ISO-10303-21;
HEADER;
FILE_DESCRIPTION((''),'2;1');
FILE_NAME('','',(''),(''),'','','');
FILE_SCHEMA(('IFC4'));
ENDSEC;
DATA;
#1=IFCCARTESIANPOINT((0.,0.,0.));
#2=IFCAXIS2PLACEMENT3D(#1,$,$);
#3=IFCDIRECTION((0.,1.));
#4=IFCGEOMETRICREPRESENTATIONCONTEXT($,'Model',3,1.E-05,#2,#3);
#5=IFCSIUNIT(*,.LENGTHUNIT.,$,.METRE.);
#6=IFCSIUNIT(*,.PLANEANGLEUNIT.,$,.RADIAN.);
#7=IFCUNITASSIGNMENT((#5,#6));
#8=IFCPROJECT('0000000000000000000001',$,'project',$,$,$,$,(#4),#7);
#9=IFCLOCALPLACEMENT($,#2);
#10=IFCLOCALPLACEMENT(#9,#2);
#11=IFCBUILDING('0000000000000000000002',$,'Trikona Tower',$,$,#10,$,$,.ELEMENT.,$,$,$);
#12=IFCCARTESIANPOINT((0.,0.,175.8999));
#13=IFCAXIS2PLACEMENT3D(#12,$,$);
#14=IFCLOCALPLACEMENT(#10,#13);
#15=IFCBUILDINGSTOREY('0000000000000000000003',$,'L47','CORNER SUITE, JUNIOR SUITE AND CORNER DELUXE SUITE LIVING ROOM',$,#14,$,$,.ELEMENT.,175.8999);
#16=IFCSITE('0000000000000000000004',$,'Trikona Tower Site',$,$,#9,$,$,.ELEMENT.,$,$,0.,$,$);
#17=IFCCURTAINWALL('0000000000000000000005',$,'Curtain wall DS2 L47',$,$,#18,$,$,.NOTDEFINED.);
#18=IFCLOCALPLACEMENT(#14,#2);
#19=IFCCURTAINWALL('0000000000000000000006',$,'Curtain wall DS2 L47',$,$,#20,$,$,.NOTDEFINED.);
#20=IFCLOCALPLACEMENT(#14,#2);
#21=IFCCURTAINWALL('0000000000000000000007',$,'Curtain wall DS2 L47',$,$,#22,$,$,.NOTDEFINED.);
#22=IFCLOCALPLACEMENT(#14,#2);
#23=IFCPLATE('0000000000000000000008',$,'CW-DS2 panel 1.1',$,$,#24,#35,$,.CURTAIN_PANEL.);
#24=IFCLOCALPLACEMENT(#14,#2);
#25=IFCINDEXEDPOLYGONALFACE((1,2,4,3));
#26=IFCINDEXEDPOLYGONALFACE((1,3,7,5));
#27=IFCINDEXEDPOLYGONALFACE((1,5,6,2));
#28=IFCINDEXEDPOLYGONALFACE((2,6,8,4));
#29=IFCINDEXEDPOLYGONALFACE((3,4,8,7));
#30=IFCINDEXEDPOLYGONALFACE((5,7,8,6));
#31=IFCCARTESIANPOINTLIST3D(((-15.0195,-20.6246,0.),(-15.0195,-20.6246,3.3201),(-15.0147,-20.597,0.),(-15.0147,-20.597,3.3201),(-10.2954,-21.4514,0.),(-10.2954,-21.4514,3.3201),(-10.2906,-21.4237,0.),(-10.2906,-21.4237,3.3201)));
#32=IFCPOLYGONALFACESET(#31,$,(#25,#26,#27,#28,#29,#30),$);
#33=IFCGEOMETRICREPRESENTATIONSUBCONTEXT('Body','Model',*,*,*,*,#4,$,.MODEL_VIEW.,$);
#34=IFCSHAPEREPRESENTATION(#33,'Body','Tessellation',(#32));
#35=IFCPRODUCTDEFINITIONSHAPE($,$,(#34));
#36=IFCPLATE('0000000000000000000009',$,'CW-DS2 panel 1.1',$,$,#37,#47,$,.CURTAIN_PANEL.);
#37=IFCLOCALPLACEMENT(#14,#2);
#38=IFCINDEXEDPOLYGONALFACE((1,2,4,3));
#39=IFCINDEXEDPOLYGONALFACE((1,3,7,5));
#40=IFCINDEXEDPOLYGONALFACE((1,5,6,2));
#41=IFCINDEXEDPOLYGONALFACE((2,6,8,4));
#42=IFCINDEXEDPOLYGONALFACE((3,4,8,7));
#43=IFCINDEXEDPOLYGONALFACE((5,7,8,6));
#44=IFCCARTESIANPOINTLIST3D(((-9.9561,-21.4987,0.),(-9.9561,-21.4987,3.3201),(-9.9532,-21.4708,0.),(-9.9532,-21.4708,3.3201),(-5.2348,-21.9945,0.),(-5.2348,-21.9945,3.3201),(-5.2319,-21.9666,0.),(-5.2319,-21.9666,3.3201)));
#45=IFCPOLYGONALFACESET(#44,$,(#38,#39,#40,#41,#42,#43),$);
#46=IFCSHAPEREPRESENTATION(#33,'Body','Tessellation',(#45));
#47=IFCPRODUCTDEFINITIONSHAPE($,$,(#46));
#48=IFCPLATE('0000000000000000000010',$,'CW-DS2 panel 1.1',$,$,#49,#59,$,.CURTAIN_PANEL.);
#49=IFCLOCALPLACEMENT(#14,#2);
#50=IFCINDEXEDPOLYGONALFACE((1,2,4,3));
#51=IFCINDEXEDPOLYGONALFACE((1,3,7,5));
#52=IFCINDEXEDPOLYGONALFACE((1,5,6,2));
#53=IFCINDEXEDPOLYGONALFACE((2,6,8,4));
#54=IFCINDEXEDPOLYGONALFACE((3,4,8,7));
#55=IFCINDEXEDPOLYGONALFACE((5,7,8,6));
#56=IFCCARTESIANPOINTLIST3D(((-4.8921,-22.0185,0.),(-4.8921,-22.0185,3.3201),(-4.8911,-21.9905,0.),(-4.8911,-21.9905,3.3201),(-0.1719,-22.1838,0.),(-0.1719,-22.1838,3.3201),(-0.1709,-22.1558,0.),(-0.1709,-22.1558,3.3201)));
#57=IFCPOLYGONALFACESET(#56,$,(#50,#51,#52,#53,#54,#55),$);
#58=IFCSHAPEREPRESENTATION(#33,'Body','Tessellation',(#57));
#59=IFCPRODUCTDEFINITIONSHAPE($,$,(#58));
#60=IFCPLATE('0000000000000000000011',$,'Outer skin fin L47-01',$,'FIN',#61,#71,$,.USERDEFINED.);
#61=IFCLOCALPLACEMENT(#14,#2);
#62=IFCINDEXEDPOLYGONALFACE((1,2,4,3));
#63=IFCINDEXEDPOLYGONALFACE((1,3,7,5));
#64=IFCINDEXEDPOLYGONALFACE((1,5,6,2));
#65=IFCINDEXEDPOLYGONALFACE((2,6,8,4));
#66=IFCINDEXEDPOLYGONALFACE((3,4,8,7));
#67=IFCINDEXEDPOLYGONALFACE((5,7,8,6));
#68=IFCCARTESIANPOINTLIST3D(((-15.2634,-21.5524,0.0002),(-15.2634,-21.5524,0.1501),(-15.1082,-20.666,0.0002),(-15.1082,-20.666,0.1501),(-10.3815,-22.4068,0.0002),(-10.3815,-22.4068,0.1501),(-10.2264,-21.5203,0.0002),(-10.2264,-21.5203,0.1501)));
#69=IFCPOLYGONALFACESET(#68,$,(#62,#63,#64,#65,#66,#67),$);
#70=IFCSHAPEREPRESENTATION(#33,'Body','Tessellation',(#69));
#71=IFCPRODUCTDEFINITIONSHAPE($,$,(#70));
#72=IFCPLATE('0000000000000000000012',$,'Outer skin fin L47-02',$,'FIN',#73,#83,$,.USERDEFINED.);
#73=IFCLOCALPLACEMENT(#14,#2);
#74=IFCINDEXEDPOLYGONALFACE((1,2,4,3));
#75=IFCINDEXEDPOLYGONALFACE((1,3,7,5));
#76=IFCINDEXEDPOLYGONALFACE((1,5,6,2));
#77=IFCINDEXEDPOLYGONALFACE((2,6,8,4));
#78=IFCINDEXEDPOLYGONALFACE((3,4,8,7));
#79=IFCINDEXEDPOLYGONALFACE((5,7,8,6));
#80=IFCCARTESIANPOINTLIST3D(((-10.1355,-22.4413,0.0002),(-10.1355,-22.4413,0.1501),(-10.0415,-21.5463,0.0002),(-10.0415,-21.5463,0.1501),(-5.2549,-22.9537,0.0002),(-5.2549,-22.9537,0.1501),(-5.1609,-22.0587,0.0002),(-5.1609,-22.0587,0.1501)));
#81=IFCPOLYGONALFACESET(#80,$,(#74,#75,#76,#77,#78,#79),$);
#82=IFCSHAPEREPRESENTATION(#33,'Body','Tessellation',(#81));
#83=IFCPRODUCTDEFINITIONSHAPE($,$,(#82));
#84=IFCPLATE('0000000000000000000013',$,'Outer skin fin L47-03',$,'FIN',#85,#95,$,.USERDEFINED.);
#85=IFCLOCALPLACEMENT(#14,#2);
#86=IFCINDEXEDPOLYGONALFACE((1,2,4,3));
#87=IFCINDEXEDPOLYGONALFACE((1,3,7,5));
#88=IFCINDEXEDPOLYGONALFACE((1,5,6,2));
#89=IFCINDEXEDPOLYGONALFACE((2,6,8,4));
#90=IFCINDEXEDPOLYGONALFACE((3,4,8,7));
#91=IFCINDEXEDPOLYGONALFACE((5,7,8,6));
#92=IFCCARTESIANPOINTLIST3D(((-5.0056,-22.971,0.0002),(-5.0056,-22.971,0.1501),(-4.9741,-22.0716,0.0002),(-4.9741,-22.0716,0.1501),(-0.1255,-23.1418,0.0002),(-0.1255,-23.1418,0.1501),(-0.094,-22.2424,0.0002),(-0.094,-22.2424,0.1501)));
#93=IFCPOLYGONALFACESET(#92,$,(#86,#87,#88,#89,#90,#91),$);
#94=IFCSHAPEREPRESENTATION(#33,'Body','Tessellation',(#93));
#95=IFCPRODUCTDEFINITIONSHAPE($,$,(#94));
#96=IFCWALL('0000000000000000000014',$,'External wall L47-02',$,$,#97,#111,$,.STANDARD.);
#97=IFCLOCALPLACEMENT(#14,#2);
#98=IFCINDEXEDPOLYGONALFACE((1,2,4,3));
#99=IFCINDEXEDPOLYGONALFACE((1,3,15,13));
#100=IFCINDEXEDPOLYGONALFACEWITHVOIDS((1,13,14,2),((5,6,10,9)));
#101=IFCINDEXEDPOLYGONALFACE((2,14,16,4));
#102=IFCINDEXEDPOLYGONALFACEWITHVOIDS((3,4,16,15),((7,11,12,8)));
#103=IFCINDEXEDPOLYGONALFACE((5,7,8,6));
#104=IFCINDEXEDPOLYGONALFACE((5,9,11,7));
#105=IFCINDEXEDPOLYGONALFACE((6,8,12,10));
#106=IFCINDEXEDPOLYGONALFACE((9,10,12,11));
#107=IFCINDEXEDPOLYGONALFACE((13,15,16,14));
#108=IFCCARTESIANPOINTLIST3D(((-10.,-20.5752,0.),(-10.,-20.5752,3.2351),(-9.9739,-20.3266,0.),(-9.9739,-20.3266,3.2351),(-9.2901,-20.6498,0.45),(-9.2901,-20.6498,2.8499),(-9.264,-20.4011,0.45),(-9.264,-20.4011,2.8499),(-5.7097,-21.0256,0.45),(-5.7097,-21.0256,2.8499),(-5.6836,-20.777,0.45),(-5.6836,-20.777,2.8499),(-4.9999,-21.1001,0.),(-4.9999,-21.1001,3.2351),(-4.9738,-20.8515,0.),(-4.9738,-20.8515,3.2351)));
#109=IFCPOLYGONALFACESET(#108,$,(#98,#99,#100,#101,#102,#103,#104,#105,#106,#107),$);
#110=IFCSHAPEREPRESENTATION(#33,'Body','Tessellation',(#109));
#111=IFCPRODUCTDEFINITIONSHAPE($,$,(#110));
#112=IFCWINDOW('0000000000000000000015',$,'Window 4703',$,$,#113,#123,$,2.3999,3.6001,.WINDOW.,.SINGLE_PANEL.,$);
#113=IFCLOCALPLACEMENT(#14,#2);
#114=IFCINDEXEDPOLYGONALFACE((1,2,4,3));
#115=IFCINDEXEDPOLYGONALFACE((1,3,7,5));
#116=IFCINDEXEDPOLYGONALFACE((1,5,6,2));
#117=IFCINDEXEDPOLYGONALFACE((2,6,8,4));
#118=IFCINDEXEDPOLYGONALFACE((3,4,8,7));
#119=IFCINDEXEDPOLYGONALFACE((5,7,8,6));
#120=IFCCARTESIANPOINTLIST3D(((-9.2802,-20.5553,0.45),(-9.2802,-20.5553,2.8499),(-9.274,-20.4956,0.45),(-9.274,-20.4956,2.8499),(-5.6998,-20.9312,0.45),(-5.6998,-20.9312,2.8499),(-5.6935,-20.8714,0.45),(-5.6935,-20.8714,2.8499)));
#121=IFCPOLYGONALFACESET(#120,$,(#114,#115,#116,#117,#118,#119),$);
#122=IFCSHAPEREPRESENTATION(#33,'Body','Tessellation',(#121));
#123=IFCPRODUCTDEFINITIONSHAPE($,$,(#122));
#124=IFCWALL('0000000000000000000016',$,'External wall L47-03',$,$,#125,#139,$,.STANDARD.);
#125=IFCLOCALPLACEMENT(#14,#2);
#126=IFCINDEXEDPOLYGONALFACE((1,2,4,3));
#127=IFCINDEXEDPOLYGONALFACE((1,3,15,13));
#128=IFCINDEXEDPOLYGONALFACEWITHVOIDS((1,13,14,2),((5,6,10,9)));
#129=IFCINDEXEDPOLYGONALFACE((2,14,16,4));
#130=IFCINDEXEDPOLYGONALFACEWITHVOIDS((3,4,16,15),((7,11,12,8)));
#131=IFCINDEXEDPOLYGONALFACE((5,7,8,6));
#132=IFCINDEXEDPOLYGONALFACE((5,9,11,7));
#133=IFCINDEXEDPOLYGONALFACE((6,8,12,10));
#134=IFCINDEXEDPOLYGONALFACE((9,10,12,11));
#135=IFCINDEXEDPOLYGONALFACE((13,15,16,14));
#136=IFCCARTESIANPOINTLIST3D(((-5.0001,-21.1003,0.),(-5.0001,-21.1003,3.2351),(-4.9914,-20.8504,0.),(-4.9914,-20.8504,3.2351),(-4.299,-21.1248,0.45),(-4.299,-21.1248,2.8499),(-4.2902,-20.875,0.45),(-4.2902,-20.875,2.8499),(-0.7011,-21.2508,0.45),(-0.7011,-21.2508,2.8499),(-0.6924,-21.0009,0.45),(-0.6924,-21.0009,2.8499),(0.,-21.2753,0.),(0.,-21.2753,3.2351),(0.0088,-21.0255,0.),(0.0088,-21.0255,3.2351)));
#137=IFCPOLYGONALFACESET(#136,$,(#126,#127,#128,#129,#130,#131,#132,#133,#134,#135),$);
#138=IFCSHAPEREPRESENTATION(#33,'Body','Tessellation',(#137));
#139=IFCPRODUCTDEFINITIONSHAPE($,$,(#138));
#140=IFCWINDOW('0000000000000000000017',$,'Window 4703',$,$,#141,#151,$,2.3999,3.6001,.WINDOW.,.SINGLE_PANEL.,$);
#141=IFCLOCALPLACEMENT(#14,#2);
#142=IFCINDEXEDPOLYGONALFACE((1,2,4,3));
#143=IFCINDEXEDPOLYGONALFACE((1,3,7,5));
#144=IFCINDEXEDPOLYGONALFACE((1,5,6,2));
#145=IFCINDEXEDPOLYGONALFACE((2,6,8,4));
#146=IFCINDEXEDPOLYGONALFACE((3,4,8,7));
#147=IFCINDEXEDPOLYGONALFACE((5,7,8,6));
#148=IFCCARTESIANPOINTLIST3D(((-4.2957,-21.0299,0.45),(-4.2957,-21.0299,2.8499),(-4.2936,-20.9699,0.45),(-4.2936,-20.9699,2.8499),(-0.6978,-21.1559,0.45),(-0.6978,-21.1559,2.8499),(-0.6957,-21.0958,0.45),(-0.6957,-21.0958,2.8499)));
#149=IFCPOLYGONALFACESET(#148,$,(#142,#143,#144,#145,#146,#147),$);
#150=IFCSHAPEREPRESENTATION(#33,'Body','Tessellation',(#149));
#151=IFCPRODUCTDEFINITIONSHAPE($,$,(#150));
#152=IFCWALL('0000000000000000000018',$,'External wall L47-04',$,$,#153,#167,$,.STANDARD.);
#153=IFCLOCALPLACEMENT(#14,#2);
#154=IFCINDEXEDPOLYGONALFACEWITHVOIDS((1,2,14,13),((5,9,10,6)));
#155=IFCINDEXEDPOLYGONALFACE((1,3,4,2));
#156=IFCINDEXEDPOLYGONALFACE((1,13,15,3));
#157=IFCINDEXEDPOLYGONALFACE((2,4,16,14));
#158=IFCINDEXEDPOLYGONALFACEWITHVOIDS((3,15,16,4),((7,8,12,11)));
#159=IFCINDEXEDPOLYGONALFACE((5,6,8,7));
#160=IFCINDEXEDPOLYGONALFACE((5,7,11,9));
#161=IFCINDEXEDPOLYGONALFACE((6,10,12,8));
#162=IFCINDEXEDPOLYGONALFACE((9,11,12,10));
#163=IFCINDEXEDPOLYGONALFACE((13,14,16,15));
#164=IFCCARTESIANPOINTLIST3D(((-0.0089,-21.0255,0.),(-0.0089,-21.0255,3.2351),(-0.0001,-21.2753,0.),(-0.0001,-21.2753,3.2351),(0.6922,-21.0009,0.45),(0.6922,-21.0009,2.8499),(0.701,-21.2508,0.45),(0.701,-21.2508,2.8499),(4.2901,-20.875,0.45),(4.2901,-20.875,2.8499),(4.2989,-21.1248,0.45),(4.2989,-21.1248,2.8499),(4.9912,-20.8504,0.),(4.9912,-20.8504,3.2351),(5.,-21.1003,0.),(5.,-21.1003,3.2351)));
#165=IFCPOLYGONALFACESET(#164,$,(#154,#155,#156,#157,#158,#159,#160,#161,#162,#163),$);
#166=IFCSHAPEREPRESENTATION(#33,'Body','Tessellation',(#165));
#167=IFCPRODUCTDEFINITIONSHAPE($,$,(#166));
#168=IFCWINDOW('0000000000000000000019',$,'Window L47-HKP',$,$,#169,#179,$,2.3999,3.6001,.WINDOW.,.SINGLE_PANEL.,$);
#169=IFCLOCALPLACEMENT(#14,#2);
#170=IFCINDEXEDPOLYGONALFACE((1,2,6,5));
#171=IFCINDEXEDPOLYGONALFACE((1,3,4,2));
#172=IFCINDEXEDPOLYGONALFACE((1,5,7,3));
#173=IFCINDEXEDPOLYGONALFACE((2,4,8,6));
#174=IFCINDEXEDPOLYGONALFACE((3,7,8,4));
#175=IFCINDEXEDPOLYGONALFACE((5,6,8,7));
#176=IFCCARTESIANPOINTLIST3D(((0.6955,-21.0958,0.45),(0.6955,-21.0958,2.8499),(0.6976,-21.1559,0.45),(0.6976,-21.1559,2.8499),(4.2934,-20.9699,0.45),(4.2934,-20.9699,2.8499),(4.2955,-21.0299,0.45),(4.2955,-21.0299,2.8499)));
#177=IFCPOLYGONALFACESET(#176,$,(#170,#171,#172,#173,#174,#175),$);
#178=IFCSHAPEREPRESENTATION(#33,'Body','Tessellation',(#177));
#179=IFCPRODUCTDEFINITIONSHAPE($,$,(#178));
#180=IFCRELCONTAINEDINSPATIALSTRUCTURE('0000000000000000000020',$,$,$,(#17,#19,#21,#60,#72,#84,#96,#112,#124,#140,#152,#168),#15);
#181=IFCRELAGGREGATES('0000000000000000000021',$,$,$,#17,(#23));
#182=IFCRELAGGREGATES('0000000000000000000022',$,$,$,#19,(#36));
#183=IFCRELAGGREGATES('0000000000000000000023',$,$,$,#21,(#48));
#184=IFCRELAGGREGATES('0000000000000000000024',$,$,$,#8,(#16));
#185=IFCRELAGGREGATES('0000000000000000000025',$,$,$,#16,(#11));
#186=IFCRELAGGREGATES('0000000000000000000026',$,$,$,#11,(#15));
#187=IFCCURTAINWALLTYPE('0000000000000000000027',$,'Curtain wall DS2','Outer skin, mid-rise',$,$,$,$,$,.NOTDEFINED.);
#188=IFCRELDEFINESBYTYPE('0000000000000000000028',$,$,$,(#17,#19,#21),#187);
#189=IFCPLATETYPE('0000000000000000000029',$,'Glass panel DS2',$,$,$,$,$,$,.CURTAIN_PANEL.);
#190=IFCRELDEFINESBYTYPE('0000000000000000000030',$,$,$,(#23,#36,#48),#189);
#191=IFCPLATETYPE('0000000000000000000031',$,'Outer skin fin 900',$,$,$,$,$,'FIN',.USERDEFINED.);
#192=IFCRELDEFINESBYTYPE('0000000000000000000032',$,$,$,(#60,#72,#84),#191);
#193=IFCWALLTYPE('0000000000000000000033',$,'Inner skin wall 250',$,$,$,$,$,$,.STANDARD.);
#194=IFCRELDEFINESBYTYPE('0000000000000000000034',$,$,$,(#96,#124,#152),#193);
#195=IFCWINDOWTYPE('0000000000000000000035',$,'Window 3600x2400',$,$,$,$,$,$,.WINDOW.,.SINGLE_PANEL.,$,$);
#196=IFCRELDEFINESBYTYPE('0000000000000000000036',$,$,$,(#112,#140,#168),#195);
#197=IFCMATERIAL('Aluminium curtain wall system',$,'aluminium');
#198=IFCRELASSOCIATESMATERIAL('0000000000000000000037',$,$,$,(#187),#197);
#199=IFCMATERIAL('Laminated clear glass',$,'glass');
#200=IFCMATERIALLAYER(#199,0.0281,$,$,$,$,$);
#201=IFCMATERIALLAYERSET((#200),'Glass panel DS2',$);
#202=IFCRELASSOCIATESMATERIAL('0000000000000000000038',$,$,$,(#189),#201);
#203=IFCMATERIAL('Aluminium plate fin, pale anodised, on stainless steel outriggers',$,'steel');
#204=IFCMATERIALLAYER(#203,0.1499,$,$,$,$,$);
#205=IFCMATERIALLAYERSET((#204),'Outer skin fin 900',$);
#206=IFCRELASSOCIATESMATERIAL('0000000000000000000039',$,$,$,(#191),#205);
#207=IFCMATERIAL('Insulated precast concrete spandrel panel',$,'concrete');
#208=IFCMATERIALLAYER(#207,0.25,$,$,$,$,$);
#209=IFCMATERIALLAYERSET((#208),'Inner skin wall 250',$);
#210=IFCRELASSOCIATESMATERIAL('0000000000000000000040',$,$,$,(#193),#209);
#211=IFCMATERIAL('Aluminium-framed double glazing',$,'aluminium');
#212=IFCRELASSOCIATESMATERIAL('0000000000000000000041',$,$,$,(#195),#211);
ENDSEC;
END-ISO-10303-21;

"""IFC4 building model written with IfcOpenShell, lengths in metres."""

from ifc_helpers import new_model, si_unit, direction, frame, frame_2d, origin, origin_2d, place, context, subcontext, project, spatial, rectangle, extrude, material, layer, layer_set, type_object, element, fill, aggregate, save


model = new_model("IFC4")

# Units and contexts
model_context = context("Model", 3, precision=1e-05, world=origin(), true_north=direction((0.0, 1.0)))
body_context = subcontext(model_context, "Body", "Model", "MODEL_VIEW")
ifc_project = project(units=[si_unit("LENGTHUNIT", "METRE"), si_unit("PLANEANGLEUNIT", "RADIAN")], contexts=[model_context])

# Site, building, storey
site_placement = place(None, origin())
site = spatial("IfcSite", under=ifc_project, at=site_placement, Name="Trikona Tower Site", CompositionType="ELEMENT", RefElevation=0.0)
building_placement = place(site_placement, origin())
building = spatial("IfcBuilding", under=site, at=building_placement, Name="Trikona Tower", CompositionType="ELEMENT")
storey_placement = place(building_placement, frame((0.0, 0.0, 175.8999)))
storey = spatial("IfcBuildingStorey", under=building, at=storey_placement, Name="L47", Description="CORNER SUITE, JUNIOR SUITE AND CORNER DELUXE SUITE LIVING ROOM", CompositionType="ELEMENT", Elevation=175.8999)

# Curtain wall
ifc_material_1 = material(Name="Aluminium curtain wall system", Category="aluminium")
curtain_wall_type = type_object("IfcCurtainWallType", Name="Curtain wall DS2", Description="Outer skin, mid-rise", PredefinedType="NOTDEFINED", material=ifc_material_1)
curtain_wall_1_placement = place(storey_placement, origin())
curtain_wall_1 = element("IfcCurtainWall", 1, at=curtain_wall_1_placement, inside=storey, type_object=curtain_wall_type, Name="Curtain wall DS2 L47", PredefinedType="NOTDEFINED")

# Curtain walls
curtain_wall_2_placement = place(storey_placement, origin())
curtain_wall_2 = element("IfcCurtainWall", 2, at=curtain_wall_2_placement, inside=storey, type_object=curtain_wall_type, Name="Curtain wall DS2 L47", PredefinedType="NOTDEFINED")
curtain_wall_3_placement = place(storey_placement, origin())
curtain_wall_3 = element("IfcCurtainWall", 3, at=curtain_wall_3_placement, inside=storey, type_object=curtain_wall_type, Name="Curtain wall DS2 L47", PredefinedType="NOTDEFINED")

# Plates
ifc_material_2 = material(Name="Laminated clear glass", Category="glass")
ifc_layer_1 = layer(ifc_material_2, 0.0281)
ifc_layer_set_1 = layer_set([ifc_layer_1], Name="Glass panel DS2")
plate_type_1 = type_object("IfcPlateType", Name="Glass panel DS2", PredefinedType="CURTAIN_PANEL", material=ifc_layer_set_1)
plate_1_placement = place(storey_placement, frame((-12.655, -21.0242, 0.0), z_axis=(0.0, 0.0, 1.0), x_axis=(0.985031, -0.172377, 0.0)))
plate_1 = element("IfcPlate", 4, at=plate_1_placement, type_object=plate_type_1, Name="CW-DS2 panel 1.1", PredefinedType="CURTAIN_PANEL", context=body_context, shape_type="SweptSolid", body=[
    extrude(rectangle(XDim=4.7959, YDim=0.0281, at=origin_2d()), origin(), (0.0, 0.0, 1.0), 3.3201),
])
aggregate(curtain_wall_1, [plate_1])
plate_2_placement = place(storey_placement, frame((-7.594, -21.7327, 0.0), z_axis=(0.0, 0.0, 1.0), x_axis=(0.994532, -0.104433, 0.0)))
plate_2 = element("IfcPlate", 5, at=plate_2_placement, type_object=plate_type_1, Name="CW-DS2 panel 1.1", PredefinedType="CURTAIN_PANEL", context=body_context, shape_type="SweptSolid", body=[
    extrude(rectangle(XDim=4.7473, YDim=0.0281, at=origin_2d()), origin(), (0.0, 0.0, 1.0), 3.3201),
])
aggregate(curtain_wall_2, [plate_2])
plate_3_placement = place(storey_placement, frame((-2.5315, -22.0872, 0.0), z_axis=(0.0, 0.0, 1.0), x_axis=(0.999387, -0.034998, 0.0)))
plate_3 = element("IfcPlate", 6, at=plate_3_placement, type_object=plate_type_1, Name="CW-DS2 panel 1.1", PredefinedType="CURTAIN_PANEL", context=body_context, shape_type="SweptSolid", body=[
    extrude(rectangle(XDim=4.7231, YDim=0.0281, at=origin_2d()), origin(), (0.0, 0.0, 1.0), 3.3201),
])
aggregate(curtain_wall_3, [plate_3])

# Plates
ifc_material_3 = material(Name="Aluminium plate fin, pale anodised, on stainless steel outriggers", Category="steel")
ifc_layer_2 = layer(ifc_material_3, 0.1499)
ifc_layer_set_2 = layer_set([ifc_layer_2], Name="Outer skin fin 900")
plate_type_2 = type_object("IfcPlateType", Name="Outer skin fin 900", ElementType="FIN", PredefinedType="USERDEFINED", material=ifc_layer_set_2)
plate_4_placement = place(storey_placement, frame((-12.7449, -21.5364, 0.0002), z_axis=(0.0, 0.0, 1.0), x_axis=(0.985031, -0.17238, 0.0)))
element("IfcPlate", 7, at=plate_4_placement, inside=storey, type_object=plate_type_2, Name="Outer skin fin L47-01", ObjectType="FIN", PredefinedType="USERDEFINED", context=body_context, shape_type="SweptSolid", body=[
    extrude(rectangle(XDim=4.9561, YDim=0.8999, at=origin_2d()), origin(), (0.0, 0.0, 1.0), 0.1499),
])
plate_5_placement = place(storey_placement, frame((-7.6482, -22.25, 0.0002), z_axis=(0.0, 0.0, 1.0), x_axis=(0.994533, -0.104426, 0.0)))
element("IfcPlate", 8, at=plate_5_placement, inside=storey, type_object=plate_type_2, Name="Outer skin fin L47-02", ObjectType="FIN", PredefinedType="USERDEFINED", context=body_context, shape_type="SweptSolid", body=[
    extrude(rectangle(XDim=4.9075, YDim=0.8999, at=origin_2d()), origin(), (0.0, 0.0, 1.0), 0.1499),
])
plate_6_placement = place(storey_placement, frame((-2.5498, -22.6067, 0.0002), z_axis=(0.0, 0.0, 1.0), x_axis=(0.999388, -0.034978, 0.0)))
element("IfcPlate", 9, at=plate_6_placement, inside=storey, type_object=plate_type_2, Name="Outer skin fin L47-03", ObjectType="FIN", PredefinedType="USERDEFINED", context=body_context, shape_type="SweptSolid", body=[
    extrude(rectangle(XDim=4.8831, YDim=0.8999, at=origin_2d()), origin(), (0.0, 0.0, 1.0), 0.1499),
])

# Walls, openings, windows
ifc_material_4 = material(Name="Insulated precast concrete spandrel panel", Category="concrete")
ifc_layer_3 = layer(ifc_material_4, 0.25)
ifc_layer_set_3 = layer_set([ifc_layer_3], Name="Inner skin wall 250")
wall_type = type_object("IfcWallType", Name="Inner skin wall 250", PredefinedType="STANDARD", material=ifc_layer_set_3)
wall_1_placement = place(storey_placement, frame((-9.9868, -20.4509, 0.0), z_axis=(0.0, 0.0, 1.0), x_axis=(0.994535, -0.104407, 0.0)))
wall_1 = element("IfcWall", 10, at=wall_1_placement, inside=storey, type_object=wall_type, Name="External wall L47-02", PredefinedType="STANDARD", context=body_context, shape_type="SweptSolid", body=[
    extrude(rectangle(XDim=5.0276, YDim=0.25, at=frame_2d((2.5137, 0.0))), origin(), (0.0, 0.0, 1.0), 3.2351),
])
opening_1_placement = place(wall_1_placement, frame((0.7136, 0.0, 0.45)))
opening_1 = element("IfcOpeningElement", 11, at=opening_1_placement, cuts=wall_1, PredefinedType="OPENING", context=body_context, shape_type="SweptSolid", body=[
    extrude(rectangle(XDim=3.6001, YDim=2.3999, at=frame_2d((1.8, 1.2))), frame((0.0, 0.135, 0.0), z_axis=(0.0, -1.0, 0.0), x_axis=(1.0, 0.0, 0.0)), (0.0, 0.0, 1.0), 0.27),
])
ifc_material_5 = material(Name="Aluminium-framed double glazing", Category="aluminium")
window_type = type_object("IfcWindowType", Name="Window 3600x2400", PartitioningType="SINGLE_PANEL", PredefinedType="WINDOW", material=ifc_material_5)
window_1_placement = place(opening_1_placement, origin())
window_1 = element("IfcWindow", 12, at=window_1_placement, inside=storey, type_object=window_type, Name="Window 4703", OverallHeight=2.3999, OverallWidth=3.6001, PartitioningType="SINGLE_PANEL", PredefinedType="WINDOW", context=body_context, shape_type="SweptSolid", body=[
    extrude(rectangle(XDim=3.6001, YDim=2.3999, at=frame_2d((1.8, 1.2))), frame((0.0, 0.03, 0.0), z_axis=(0.0, -1.0, 0.0), x_axis=(1.0, 0.0, 0.0)), (0.0, 0.0, 1.0), 0.0601),
])
fill(opening_1, window_1)
wall_2_placement = place(storey_placement, frame((-4.9956, -20.9753, 0.0), z_axis=(0.0, 0.0, 1.0), x_axis=(0.999388, -0.034988, 0.0)))
wall_2 = element("IfcWall", 13, at=wall_2_placement, inside=storey, type_object=wall_type, Name="External wall L47-03", PredefinedType="STANDARD", context=body_context, shape_type="SweptSolid", body=[
    extrude(rectangle(XDim=5.0032, YDim=0.25, at=frame_2d((2.5015, 0.0))), origin(), (0.0, 0.0, 1.0), 3.2351),
])
opening_2_placement = place(wall_2_placement, frame((0.7014, 0.0, 0.45)))
opening_2 = element("IfcOpeningElement", 14, at=opening_2_placement, cuts=wall_2, PredefinedType="OPENING", context=body_context, shape_type="SweptSolid", body=[
    extrude(rectangle(XDim=3.6001, YDim=2.3999, at=frame_2d((1.8, 1.2))), frame((0.0, 0.135, 0.0), z_axis=(0.0, -1.0, 0.0), x_axis=(1.0, 0.0, 0.0)), (0.0, 0.0, 1.0), 0.27),
])
window_2_placement = place(opening_2_placement, origin())
window_2 = element("IfcWindow", 15, at=window_2_placement, inside=storey, type_object=window_type, Name="Window 4703", OverallHeight=2.3999, OverallWidth=3.6001, PartitioningType="SINGLE_PANEL", PredefinedType="WINDOW", context=body_context, shape_type="SweptSolid", body=[
    extrude(rectangle(XDim=3.6001, YDim=2.3999, at=frame_2d((1.8, 1.2))), frame((0.0, 0.03, 0.0), z_axis=(0.0, -1.0, 0.0), x_axis=(1.0, 0.0, 0.0)), (0.0, 0.0, 1.0), 0.0601),
])
fill(opening_2, window_2)
wall_3_placement = place(storey_placement, frame((-0.0044, -21.1504, 0.0), z_axis=(0.0, 0.0, 1.0), x_axis=(0.999388, 0.034988, 0.0)))
wall_3 = element("IfcWall", 16, at=wall_3_placement, inside=storey, type_object=wall_type, Name="External wall L47-04", PredefinedType="STANDARD", context=body_context, shape_type="SweptSolid", body=[
    extrude(rectangle(XDim=5.0032, YDim=0.25, at=frame_2d((2.5015, 0.0))), origin(), (0.0, 0.0, 1.0), 3.2351),
])
opening_3_placement = place(wall_3_placement, frame((0.7014, 0.0, 0.45)))
opening_3 = element("IfcOpeningElement", 17, at=opening_3_placement, cuts=wall_3, PredefinedType="OPENING", context=body_context, shape_type="SweptSolid", body=[
    extrude(rectangle(XDim=3.6001, YDim=2.3999, at=frame_2d((1.8, 1.2))), frame((0.0, 0.135, 0.0), z_axis=(0.0, -1.0, 0.0), x_axis=(1.0, 0.0, 0.0)), (0.0, 0.0, 1.0), 0.27),
])
window_3_placement = place(opening_3_placement, origin())
window_3 = element("IfcWindow", 18, at=window_3_placement, inside=storey, type_object=window_type, Name="Window L47-HKP", OverallHeight=2.3999, OverallWidth=3.6001, PartitioningType="SINGLE_PANEL", PredefinedType="WINDOW", context=body_context, shape_type="SweptSolid", body=[
    extrude(rectangle(XDim=3.6001, YDim=2.3999, at=frame_2d((1.8, 1.2))), frame((0.0, 0.03, 0.0), z_axis=(0.0, -1.0, 0.0), x_axis=(1.0, 0.0, 0.0)), (0.0, 0.0, 1.0), 0.0601),
])
fill(opening_3, window_3)

save(model, "model.ifc")
